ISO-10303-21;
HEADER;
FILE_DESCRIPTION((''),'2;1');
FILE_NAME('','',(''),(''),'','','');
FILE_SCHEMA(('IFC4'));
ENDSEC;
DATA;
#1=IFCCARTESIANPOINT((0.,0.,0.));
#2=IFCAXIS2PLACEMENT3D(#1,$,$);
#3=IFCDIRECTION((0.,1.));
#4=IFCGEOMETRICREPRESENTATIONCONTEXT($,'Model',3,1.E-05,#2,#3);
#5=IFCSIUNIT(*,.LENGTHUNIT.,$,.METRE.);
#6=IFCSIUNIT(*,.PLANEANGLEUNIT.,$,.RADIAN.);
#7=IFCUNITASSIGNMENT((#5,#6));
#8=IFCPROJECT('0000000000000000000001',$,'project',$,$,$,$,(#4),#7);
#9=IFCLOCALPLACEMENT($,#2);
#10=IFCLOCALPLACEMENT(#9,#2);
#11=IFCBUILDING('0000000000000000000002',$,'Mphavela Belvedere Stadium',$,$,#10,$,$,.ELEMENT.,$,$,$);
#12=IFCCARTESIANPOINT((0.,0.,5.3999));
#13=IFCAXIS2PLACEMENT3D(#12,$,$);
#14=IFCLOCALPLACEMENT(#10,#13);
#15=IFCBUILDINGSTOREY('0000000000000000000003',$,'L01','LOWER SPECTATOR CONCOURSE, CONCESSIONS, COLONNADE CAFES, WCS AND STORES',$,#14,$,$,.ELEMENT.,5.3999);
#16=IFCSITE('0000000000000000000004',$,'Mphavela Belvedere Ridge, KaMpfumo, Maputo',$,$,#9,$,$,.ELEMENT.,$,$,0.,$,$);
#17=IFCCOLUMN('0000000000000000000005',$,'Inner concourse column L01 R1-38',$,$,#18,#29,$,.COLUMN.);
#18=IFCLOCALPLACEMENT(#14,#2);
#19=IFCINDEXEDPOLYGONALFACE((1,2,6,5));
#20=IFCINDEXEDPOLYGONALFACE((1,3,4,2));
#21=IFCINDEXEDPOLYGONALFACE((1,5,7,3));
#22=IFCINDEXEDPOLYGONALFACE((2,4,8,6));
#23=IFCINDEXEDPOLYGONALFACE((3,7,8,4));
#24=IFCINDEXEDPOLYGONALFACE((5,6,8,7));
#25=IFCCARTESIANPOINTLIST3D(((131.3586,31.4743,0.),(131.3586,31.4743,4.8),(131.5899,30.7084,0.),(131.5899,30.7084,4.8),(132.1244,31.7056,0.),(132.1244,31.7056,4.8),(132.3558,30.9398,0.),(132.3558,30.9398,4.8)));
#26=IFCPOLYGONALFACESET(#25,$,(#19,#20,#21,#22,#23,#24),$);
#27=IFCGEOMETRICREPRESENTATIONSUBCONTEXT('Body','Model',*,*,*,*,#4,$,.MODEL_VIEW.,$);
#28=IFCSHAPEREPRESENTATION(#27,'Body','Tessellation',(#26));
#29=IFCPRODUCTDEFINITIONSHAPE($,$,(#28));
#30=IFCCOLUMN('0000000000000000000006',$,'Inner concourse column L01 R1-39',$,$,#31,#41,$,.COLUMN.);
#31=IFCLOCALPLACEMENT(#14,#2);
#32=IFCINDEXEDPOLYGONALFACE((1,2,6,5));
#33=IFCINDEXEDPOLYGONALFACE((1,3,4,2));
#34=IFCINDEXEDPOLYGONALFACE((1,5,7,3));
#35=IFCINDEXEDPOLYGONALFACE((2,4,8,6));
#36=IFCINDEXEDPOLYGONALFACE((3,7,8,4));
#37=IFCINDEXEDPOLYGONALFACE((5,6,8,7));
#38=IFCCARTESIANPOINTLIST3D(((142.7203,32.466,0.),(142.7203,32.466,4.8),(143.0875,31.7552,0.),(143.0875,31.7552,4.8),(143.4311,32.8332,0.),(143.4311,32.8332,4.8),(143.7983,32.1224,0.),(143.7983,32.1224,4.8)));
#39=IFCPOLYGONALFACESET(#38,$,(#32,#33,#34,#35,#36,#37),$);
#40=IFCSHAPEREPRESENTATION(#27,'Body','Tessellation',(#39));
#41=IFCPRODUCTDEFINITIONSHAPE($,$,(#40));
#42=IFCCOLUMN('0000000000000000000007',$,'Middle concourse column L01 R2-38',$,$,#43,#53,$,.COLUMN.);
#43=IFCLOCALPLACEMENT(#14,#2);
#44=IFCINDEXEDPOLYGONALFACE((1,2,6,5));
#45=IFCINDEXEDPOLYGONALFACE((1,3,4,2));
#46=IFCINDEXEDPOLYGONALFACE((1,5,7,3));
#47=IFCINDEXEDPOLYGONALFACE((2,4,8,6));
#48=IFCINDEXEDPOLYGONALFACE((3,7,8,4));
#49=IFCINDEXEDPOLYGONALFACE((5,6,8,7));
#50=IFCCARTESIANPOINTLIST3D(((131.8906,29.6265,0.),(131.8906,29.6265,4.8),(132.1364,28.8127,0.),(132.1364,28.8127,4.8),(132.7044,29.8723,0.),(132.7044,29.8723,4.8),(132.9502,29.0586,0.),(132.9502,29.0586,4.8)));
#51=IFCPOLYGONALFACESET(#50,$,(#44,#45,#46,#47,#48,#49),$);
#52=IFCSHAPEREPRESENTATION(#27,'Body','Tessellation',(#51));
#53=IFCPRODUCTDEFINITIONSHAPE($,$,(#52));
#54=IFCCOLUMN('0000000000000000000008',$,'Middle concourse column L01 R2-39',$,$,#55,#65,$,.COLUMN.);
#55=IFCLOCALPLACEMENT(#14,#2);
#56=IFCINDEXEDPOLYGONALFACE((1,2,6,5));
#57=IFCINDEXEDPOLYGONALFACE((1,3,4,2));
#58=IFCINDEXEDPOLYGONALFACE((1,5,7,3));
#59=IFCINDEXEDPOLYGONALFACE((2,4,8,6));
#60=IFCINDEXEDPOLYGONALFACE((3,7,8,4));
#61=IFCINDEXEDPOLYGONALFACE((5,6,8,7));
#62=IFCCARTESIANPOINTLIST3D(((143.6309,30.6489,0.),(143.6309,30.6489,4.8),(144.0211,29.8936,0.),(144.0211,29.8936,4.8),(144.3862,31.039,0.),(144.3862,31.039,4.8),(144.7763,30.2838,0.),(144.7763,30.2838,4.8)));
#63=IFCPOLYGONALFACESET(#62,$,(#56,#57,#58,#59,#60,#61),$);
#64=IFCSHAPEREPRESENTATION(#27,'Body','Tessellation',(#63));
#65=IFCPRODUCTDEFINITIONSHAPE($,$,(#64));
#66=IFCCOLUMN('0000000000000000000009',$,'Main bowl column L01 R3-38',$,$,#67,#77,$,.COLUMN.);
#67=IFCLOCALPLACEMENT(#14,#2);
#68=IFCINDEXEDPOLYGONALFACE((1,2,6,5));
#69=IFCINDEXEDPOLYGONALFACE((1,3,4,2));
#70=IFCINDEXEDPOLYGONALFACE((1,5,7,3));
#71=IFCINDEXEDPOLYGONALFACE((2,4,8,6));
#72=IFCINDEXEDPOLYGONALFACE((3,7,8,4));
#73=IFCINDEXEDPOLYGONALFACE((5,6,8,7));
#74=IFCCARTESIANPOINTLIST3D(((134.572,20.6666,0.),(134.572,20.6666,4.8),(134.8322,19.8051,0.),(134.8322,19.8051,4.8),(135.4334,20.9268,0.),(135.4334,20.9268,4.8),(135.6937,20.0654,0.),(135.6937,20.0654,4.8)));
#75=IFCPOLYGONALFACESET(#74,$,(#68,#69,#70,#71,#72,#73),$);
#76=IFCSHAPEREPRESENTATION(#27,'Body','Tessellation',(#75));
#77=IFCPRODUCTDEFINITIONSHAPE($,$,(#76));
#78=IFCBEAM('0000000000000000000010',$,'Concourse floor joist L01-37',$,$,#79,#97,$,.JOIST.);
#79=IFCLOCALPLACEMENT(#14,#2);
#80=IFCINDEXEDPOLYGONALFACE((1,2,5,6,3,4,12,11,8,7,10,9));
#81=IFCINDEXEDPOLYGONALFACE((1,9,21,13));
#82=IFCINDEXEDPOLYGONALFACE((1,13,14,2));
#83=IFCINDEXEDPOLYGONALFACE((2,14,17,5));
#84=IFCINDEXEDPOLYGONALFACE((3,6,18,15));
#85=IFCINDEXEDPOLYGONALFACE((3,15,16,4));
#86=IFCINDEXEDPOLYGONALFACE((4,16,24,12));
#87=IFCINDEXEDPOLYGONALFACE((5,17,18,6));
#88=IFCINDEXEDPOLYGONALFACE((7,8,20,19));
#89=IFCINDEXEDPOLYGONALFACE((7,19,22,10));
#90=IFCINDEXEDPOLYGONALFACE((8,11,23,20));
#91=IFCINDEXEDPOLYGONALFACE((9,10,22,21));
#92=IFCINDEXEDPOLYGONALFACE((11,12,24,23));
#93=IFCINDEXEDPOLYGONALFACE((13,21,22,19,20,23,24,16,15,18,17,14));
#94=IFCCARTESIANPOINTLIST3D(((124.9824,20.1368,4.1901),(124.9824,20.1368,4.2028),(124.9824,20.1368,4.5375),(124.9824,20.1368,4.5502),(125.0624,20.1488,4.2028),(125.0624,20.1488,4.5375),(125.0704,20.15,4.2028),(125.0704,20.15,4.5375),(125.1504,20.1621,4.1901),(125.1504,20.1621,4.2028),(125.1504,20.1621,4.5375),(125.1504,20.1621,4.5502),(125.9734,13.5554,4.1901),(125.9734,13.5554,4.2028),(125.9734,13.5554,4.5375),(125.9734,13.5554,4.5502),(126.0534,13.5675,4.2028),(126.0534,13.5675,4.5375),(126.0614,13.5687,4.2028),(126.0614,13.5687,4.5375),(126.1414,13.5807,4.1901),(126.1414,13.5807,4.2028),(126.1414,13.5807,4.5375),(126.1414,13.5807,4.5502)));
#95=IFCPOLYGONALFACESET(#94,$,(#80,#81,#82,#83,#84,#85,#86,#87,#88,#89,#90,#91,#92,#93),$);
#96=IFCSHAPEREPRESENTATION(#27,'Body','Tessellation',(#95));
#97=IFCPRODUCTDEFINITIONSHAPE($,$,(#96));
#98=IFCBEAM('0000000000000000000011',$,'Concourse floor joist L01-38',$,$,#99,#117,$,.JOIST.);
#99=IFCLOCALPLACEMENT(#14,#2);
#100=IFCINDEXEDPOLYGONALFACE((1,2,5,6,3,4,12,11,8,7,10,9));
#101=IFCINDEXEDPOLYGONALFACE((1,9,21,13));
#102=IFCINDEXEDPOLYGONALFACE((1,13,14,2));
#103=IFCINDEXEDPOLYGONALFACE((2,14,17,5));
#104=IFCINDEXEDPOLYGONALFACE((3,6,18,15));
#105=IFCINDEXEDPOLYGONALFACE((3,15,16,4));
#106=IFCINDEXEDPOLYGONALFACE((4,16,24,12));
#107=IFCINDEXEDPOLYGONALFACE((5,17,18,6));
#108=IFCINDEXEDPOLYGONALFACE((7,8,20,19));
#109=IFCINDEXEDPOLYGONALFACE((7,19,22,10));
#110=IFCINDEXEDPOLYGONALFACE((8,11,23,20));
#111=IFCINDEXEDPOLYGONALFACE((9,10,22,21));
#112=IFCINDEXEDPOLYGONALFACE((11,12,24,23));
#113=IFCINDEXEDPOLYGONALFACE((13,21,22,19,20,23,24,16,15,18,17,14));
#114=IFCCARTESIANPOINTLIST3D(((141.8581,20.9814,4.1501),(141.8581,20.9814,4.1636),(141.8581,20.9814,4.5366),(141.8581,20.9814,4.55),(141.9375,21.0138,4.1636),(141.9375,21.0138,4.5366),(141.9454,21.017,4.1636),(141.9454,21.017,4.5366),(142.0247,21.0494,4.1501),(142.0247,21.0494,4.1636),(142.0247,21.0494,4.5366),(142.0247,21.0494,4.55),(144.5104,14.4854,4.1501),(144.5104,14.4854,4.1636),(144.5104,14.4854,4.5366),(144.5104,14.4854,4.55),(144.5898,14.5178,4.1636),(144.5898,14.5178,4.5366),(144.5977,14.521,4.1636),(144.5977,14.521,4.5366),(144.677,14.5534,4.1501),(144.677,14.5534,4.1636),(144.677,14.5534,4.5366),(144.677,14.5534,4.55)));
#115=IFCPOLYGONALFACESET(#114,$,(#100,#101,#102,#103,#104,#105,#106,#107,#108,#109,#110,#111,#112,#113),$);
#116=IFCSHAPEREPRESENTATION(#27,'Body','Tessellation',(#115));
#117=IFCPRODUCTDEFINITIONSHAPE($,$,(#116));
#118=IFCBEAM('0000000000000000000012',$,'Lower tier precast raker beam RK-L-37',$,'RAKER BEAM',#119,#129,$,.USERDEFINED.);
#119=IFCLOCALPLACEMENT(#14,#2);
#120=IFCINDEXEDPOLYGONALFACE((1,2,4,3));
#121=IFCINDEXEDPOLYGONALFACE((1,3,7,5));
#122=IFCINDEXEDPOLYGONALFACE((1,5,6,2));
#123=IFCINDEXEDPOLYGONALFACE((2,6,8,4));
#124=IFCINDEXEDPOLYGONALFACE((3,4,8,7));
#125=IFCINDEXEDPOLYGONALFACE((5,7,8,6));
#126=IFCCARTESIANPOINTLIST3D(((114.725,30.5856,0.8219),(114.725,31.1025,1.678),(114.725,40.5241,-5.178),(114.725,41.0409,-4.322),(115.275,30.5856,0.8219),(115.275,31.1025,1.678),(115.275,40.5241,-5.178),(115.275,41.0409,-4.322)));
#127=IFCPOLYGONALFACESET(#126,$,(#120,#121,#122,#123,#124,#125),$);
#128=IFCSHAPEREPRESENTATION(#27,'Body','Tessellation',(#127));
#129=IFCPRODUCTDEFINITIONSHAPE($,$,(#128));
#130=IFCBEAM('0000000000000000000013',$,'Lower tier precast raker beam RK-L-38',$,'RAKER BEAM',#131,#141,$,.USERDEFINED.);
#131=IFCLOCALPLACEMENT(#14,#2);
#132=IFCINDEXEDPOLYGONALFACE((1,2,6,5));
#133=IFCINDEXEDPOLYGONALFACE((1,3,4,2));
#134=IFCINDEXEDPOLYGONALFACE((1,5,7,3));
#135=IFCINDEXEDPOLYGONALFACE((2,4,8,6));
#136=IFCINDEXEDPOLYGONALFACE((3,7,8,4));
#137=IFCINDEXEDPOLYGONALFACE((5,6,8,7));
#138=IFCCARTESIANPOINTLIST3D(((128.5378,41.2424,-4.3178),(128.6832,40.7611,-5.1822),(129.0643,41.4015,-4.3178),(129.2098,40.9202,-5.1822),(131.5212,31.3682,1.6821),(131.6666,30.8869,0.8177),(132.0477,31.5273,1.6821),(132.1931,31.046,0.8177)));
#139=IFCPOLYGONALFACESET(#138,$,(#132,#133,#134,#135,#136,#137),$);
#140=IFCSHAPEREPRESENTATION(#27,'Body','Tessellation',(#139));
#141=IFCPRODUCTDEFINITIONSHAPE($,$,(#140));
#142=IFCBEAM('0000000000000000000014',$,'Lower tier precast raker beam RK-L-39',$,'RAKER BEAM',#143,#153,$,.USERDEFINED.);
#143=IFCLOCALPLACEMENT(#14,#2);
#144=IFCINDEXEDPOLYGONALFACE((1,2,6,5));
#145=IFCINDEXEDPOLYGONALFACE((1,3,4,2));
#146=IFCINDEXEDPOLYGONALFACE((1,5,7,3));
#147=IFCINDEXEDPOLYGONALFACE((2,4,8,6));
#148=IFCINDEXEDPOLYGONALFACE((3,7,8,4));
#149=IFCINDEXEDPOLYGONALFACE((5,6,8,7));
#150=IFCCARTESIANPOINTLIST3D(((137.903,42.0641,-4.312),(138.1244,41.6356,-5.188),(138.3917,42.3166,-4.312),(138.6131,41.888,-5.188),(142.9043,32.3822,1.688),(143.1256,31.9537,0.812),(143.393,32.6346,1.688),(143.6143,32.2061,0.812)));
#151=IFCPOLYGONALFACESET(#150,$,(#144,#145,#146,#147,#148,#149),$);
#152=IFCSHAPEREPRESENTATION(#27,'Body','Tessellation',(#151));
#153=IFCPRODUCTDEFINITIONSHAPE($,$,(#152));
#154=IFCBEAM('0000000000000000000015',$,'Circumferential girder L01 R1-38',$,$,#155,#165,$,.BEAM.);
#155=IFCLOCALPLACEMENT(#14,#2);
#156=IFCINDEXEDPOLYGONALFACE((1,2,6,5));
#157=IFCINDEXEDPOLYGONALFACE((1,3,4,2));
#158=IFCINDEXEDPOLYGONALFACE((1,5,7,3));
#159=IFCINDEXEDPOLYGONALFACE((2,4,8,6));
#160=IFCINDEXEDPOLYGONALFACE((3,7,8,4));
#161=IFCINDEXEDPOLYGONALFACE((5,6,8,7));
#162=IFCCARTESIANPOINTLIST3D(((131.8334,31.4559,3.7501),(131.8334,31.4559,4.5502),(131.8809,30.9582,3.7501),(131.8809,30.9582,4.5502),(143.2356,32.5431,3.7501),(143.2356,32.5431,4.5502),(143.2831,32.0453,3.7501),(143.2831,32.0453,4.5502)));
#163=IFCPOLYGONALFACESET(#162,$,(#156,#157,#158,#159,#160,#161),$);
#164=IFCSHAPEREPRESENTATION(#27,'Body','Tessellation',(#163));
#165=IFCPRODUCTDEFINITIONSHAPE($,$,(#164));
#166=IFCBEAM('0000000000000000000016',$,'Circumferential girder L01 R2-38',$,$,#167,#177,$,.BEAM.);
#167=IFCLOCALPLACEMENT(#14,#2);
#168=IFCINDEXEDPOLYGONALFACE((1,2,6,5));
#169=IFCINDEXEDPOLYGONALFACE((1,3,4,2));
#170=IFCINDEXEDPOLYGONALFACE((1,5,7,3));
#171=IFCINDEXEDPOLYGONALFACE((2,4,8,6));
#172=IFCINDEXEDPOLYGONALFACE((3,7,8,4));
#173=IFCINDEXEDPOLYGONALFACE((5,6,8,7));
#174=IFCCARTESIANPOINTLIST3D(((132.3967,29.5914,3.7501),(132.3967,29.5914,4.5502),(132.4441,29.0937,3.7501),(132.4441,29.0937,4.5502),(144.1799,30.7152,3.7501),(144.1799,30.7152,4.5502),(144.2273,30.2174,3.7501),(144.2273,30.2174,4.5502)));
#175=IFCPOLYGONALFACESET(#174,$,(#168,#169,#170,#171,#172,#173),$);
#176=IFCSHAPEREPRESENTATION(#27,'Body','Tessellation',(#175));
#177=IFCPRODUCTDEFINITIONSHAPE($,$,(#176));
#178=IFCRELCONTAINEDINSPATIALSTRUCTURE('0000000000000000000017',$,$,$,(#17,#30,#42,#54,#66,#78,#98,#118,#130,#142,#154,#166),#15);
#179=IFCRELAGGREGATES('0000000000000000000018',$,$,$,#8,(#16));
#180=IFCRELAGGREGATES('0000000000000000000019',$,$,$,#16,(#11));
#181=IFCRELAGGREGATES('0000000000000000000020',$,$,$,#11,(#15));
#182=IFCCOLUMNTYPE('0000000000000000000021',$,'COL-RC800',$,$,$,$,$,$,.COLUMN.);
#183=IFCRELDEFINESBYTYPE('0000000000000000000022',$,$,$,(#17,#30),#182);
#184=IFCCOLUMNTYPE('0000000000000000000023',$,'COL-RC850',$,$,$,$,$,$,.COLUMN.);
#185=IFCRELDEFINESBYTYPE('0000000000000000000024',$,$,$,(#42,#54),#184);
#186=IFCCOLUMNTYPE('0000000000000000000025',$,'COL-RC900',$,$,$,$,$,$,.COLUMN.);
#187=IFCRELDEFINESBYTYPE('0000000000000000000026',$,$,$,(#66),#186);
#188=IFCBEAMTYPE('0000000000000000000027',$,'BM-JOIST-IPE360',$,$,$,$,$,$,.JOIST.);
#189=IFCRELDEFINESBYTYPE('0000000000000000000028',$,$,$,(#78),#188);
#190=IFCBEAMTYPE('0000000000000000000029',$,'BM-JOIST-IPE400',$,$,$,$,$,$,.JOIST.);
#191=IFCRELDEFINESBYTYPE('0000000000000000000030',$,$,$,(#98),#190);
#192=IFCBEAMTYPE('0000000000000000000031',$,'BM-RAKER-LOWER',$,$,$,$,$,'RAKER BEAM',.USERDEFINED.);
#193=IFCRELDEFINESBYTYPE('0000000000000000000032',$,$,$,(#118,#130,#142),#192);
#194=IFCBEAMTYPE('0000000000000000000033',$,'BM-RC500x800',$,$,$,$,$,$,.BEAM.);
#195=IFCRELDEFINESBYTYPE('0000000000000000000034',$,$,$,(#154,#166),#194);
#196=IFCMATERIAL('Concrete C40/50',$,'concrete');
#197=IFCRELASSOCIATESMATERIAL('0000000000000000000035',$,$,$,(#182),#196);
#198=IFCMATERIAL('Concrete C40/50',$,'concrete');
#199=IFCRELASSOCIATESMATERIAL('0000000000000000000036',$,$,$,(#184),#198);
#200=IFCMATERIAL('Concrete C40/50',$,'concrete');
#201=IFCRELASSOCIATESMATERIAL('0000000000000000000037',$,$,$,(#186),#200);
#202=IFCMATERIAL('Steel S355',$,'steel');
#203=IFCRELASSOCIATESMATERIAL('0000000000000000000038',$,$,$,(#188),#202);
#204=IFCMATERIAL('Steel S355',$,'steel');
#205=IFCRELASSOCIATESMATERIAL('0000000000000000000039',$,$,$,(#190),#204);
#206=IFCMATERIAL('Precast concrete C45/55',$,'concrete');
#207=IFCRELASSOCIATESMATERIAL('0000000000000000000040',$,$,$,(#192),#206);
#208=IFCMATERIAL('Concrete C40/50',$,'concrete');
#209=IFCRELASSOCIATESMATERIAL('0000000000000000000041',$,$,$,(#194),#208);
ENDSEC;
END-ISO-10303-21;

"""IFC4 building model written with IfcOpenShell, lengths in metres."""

from ifc_helpers import new_model, si_unit, direction, frame, origin, origin_2d, place, context, subcontext, project, spatial, rectangle, i_section, extrude, material, material_profile, profile_set, type_object, element, save


model = new_model("IFC4")

# Units and contexts
model_context = context("Model", 3, precision=1e-05, world=origin(), true_north=direction((0.0, 1.0)))
body_context = subcontext(model_context, "Body", "Model", "MODEL_VIEW")
ifc_project = project(units=[si_unit("LENGTHUNIT", "METRE"), si_unit("PLANEANGLEUNIT", "RADIAN")], contexts=[model_context])

# Site, building, storey
site_placement = place(None, origin())
site = spatial("IfcSite", under=ifc_project, at=site_placement, Name="Mphavela Belvedere Ridge, KaMpfumo, Maputo", CompositionType="ELEMENT", RefElevation=0.0)
building_placement = place(site_placement, origin())
building = spatial("IfcBuilding", under=site, at=building_placement, Name="Mphavela Belvedere Stadium", CompositionType="ELEMENT")
storey_placement = place(building_placement, frame((0.0, 0.0, 5.3999)))
storey = spatial("IfcBuildingStorey", under=building, at=storey_placement, Name="L01", Description="LOWER SPECTATOR CONCOURSE, CONCESSIONS, COLONNADE CAFES, WCS AND STORES", CompositionType="ELEMENT", Elevation=5.3999)

# Columns
ifc_material_1 = material(Name="Concrete C40/50", Category="concrete")
ifc_material_profile_1 = material_profile(ifc_material_1, rectangle(XDim=0.8, YDim=0.8, at=origin_2d()), Name="RC 800x800")
ifc_profile_set_1 = profile_set([ifc_material_profile_1], Name="Concrete C40/50")
column_type_1 = type_object("IfcColumnType", Name="COL-RC800", PredefinedType="COLUMN", material=ifc_profile_set_1)
for number, where, z_axis, x_axis, name in (
    (1, (131.8572, 31.207, 0.0), (0.0, 0.0, 1.0), (0.289199, -0.957269, 0.0), "Inner concourse column L01 R1-38"),
    (2, (143.2593, 32.2942, 0.0), (0.0, 0.0, 1.0), (0.45896, -0.888457, 0.0), "Inner concourse column L01 R1-39"),
):
    element("IfcColumn", number, at=place(storey_placement, frame(where, z_axis=z_axis, x_axis=x_axis)), inside=storey, type_object=column_type_1, Name=name, PredefinedType="COLUMN", context=body_context, shape_type="SweptSolid", body=[
        extrude(rectangle(XDim=0.8, YDim=0.8, at=origin_2d()), origin(), (0.0, 0.0, 1.0), 4.8),
    ])
ifc_material_2 = material(Name="Concrete C40/50", Category="concrete")
ifc_material_profile_2 = material_profile(ifc_material_2, rectangle(XDim=0.8501, YDim=0.8501, at=origin_2d()), Name="RC 850x850")
ifc_profile_set_2 = profile_set([ifc_material_profile_2], Name="Concrete C40/50")
column_type_2 = type_object("IfcColumnType", Name="COL-RC850", PredefinedType="COLUMN", material=ifc_profile_set_2)
for number, where, z_axis, x_axis, name in (
    (3, (132.4204, 29.3425, 0.0), (0.0, 0.0, 1.0), (0.289199, -0.957269, 0.0), "Middle concourse column L01 R2-38"),
    (4, (144.2036, 30.4663, 0.0), (0.0, 0.0, 1.0), (0.45896, -0.888457, 0.0), "Middle concourse column L01 R2-39"),
):
    element("IfcColumn", number, at=place(storey_placement, frame(where, z_axis=z_axis, x_axis=x_axis)), inside=storey, type_object=column_type_2, Name=name, PredefinedType="COLUMN", context=body_context, shape_type="SweptSolid", body=[
        extrude(rectangle(XDim=0.8501, YDim=0.8501, at=origin_2d()), origin(), (0.0, 0.0, 1.0), 4.8),
    ])
ifc_material_3 = material(Name="Concrete C40/50", Category="concrete")
ifc_material_profile_3 = material_profile(ifc_material_3, rectangle(XDim=0.8999, YDim=0.8999, at=origin_2d()), Name="RC 900x900")
ifc_profile_set_3 = profile_set([ifc_material_profile_3], Name="Concrete C40/50")
column_type_3 = type_object("IfcColumnType", Name="COL-RC900", PredefinedType="COLUMN", material=ifc_profile_set_3)
column_placement = place(storey_placement, frame((135.1328, 20.366, 0.0), z_axis=(0.0, 0.0, 1.0), x_axis=(0.289199, -0.957269, 0.0)))
element("IfcColumn", 5, at=column_placement, inside=storey, type_object=column_type_3, Name="Main bowl column L01 R3-38", PredefinedType="COLUMN", context=body_context, shape_type="SweptSolid", body=[
    extrude(rectangle(XDim=0.8999, YDim=0.8999, at=origin_2d()), origin(), (0.0, 0.0, 1.0), 4.8),
])

# Beams
ifc_material_4 = material(Name="Steel S355", Category="steel")
ifc_material_profile_4 = material_profile(ifc_material_4, i_section(OverallWidth=0.1699, OverallDepth=0.3601, WebThickness=0.0081, FlangeThickness=0.0127, at=origin_2d()), Name="IPE 360")
ifc_profile_set_4 = profile_set([ifc_material_profile_4], Name="Steel S355")
beam_type_1 = type_object("IfcBeamType", Name="BM-JOIST-IPE360", PredefinedType="JOIST", material=ifc_profile_set_4)
beam_1_placement = place(storey_placement, frame((125.0664, 20.1494, 4.3701), z_axis=(0.148895, -0.988853, 0.0), x_axis=(0.988853, 0.148895, 0.0)))
element("IfcBeam", 6, at=beam_1_placement, inside=storey, type_object=beam_type_1, Name="Concourse floor joist L01-37", PredefinedType="JOIST", context=body_context, shape_type="SweptSolid", body=[
    extrude(i_section(OverallWidth=0.1699, OverallDepth=0.3601, WebThickness=0.0081, FlangeThickness=0.0127, at=origin_2d()), origin(), (0.0, 0.0, 1.0), 6.6555),
])
ifc_material_5 = material(Name="Steel S355", Category="steel")
ifc_material_profile_5 = material_profile(ifc_material_5, i_section(OverallWidth=0.1799, OverallDepth=0.3999, WebThickness=0.0085, FlangeThickness=0.0134, at=origin_2d()), Name="IPE 400")
ifc_profile_set_5 = profile_set([ifc_material_profile_5], Name="Steel S355")
beam_type_2 = type_object("IfcBeamType", Name="BM-JOIST-IPE400", PredefinedType="JOIST", material=ifc_profile_set_5)
beam_2_placement = place(storey_placement, frame((141.9414, 21.0154, 4.3501), z_axis=(0.378004, -0.925804, 0.0), x_axis=(0.925804, 0.378004, 0.0)))
element("IfcBeam", 7, at=beam_2_placement, inside=storey, type_object=beam_type_2, Name="Concourse floor joist L01-38", PredefinedType="JOIST", context=body_context, shape_type="SweptSolid", body=[
    extrude(i_section(OverallWidth=0.1799, OverallDepth=0.3999, WebThickness=0.0085, FlangeThickness=0.0134, at=origin_2d()), origin(), (0.0, 0.0, 1.0), 7.0166),
])
ifc_material_6 = material(Name="Precast concrete C45/55", Category="concrete")
ifc_material_profile_6 = material_profile(ifc_material_6, rectangle(XDim=0.55, YDim=1.0, at=origin_2d()), Name="PC 550x1000")
ifc_profile_set_6 = profile_set([ifc_material_profile_6], Name="Precast concrete C45/55")
beam_type_3 = type_object("IfcBeamType", Name="BM-RAKER-LOWER", ElementType="RAKER BEAM", PredefinedType="USERDEFINED", material=ifc_profile_set_6)
beam_3_placement = place(storey_placement, frame((115.0, 40.7825, -4.75), z_axis=(0.0, -0.856087, 0.516832), x_axis=(1.0, 0.0, 0.0)))
element("IfcBeam", 8, at=beam_3_placement, inside=storey, type_object=beam_type_3, Name="Lower tier precast raker beam RK-L-37", ObjectType="RAKER BEAM", PredefinedType="USERDEFINED", context=body_context, shape_type="SweptSolid", body=[
    extrude(rectangle(XDim=0.55, YDim=1.0, at=origin_2d()), origin(), (0.0, 0.0, 1.0), 11.6091),
])
beam_4_placement = place(storey_placement, frame((128.8738, 41.0813, -4.75), z_axis=(0.250008, -0.82746, 0.502798), x_axis=(0.957261, 0.289226, 0.0)))
element("IfcBeam", 9, at=beam_4_placement, inside=storey, type_object=beam_type_3, Name="Lower tier precast raker beam RK-L-38", ObjectType="RAKER BEAM", PredefinedType="USERDEFINED", context=body_context, shape_type="SweptSolid", body=[
    extrude(rectangle(XDim=0.55, YDim=1.0, at=origin_2d()), origin(), (0.0, 0.0, 1.0), 11.9331),
])
beam_5_placement = place(storey_placement, frame((138.2581, 41.9761, -4.75), z_axis=(0.402031, -0.778293, 0.482319), x_axis=(0.888467, 0.458941, 0.0)))
element("IfcBeam", 10, at=beam_5_placement, inside=storey, type_object=beam_type_3, Name="Lower tier precast raker beam RK-L-39", ObjectType="RAKER BEAM", PredefinedType="USERDEFINED", context=body_context, shape_type="SweptSolid", body=[
    extrude(rectangle(XDim=0.55, YDim=1.0, at=origin_2d()), origin(), (0.0, 0.0, 1.0), 12.4399),
])
ifc_material_7 = material(Name="Concrete C40/50", Category="concrete")
ifc_material_profile_7 = material_profile(ifc_material_7, rectangle(XDim=0.5, YDim=0.8, at=origin_2d()), Name="RC 500x800")
ifc_profile_set_7 = profile_set([ifc_material_profile_7], Name="Concrete C40/50")
beam_type_4 = type_object("IfcBeamType", Name="BM-RC500x800", PredefinedType="BEAM", material=ifc_profile_set_7)
beam_6_placement = place(storey_placement, frame((131.8572, 31.207, 4.1501), z_axis=(0.995485, 0.094917, 0.0), x_axis=(-0.094917, 0.995485, 0.0)))
element("IfcBeam", 11, at=beam_6_placement, inside=storey, type_object=beam_type_4, Name="Circumferential girder L01 R1-38", PredefinedType="BEAM", context=body_context, shape_type="SweptSolid", body=[
    extrude(rectangle(XDim=0.5, YDim=0.8, at=origin_2d()), origin(), (0.0, 0.0, 1.0), 11.4539),
])
beam_7_placement = place(storey_placement, frame((132.4204, 29.3425, 4.1501), z_axis=(0.995483, 0.09494, 0.0), x_axis=(-0.09494, 0.995483, 0.0)))
element("IfcBeam", 12, at=beam_7_placement, inside=storey, type_object=beam_type_4, Name="Circumferential girder L01 R2-38", PredefinedType="BEAM", context=body_context, shape_type="SweptSolid", body=[
    extrude(rectangle(XDim=0.5, YDim=0.8, at=origin_2d()), origin(), (0.0, 0.0, 1.0), 11.8367),
])

save(model, "model.ifc")
